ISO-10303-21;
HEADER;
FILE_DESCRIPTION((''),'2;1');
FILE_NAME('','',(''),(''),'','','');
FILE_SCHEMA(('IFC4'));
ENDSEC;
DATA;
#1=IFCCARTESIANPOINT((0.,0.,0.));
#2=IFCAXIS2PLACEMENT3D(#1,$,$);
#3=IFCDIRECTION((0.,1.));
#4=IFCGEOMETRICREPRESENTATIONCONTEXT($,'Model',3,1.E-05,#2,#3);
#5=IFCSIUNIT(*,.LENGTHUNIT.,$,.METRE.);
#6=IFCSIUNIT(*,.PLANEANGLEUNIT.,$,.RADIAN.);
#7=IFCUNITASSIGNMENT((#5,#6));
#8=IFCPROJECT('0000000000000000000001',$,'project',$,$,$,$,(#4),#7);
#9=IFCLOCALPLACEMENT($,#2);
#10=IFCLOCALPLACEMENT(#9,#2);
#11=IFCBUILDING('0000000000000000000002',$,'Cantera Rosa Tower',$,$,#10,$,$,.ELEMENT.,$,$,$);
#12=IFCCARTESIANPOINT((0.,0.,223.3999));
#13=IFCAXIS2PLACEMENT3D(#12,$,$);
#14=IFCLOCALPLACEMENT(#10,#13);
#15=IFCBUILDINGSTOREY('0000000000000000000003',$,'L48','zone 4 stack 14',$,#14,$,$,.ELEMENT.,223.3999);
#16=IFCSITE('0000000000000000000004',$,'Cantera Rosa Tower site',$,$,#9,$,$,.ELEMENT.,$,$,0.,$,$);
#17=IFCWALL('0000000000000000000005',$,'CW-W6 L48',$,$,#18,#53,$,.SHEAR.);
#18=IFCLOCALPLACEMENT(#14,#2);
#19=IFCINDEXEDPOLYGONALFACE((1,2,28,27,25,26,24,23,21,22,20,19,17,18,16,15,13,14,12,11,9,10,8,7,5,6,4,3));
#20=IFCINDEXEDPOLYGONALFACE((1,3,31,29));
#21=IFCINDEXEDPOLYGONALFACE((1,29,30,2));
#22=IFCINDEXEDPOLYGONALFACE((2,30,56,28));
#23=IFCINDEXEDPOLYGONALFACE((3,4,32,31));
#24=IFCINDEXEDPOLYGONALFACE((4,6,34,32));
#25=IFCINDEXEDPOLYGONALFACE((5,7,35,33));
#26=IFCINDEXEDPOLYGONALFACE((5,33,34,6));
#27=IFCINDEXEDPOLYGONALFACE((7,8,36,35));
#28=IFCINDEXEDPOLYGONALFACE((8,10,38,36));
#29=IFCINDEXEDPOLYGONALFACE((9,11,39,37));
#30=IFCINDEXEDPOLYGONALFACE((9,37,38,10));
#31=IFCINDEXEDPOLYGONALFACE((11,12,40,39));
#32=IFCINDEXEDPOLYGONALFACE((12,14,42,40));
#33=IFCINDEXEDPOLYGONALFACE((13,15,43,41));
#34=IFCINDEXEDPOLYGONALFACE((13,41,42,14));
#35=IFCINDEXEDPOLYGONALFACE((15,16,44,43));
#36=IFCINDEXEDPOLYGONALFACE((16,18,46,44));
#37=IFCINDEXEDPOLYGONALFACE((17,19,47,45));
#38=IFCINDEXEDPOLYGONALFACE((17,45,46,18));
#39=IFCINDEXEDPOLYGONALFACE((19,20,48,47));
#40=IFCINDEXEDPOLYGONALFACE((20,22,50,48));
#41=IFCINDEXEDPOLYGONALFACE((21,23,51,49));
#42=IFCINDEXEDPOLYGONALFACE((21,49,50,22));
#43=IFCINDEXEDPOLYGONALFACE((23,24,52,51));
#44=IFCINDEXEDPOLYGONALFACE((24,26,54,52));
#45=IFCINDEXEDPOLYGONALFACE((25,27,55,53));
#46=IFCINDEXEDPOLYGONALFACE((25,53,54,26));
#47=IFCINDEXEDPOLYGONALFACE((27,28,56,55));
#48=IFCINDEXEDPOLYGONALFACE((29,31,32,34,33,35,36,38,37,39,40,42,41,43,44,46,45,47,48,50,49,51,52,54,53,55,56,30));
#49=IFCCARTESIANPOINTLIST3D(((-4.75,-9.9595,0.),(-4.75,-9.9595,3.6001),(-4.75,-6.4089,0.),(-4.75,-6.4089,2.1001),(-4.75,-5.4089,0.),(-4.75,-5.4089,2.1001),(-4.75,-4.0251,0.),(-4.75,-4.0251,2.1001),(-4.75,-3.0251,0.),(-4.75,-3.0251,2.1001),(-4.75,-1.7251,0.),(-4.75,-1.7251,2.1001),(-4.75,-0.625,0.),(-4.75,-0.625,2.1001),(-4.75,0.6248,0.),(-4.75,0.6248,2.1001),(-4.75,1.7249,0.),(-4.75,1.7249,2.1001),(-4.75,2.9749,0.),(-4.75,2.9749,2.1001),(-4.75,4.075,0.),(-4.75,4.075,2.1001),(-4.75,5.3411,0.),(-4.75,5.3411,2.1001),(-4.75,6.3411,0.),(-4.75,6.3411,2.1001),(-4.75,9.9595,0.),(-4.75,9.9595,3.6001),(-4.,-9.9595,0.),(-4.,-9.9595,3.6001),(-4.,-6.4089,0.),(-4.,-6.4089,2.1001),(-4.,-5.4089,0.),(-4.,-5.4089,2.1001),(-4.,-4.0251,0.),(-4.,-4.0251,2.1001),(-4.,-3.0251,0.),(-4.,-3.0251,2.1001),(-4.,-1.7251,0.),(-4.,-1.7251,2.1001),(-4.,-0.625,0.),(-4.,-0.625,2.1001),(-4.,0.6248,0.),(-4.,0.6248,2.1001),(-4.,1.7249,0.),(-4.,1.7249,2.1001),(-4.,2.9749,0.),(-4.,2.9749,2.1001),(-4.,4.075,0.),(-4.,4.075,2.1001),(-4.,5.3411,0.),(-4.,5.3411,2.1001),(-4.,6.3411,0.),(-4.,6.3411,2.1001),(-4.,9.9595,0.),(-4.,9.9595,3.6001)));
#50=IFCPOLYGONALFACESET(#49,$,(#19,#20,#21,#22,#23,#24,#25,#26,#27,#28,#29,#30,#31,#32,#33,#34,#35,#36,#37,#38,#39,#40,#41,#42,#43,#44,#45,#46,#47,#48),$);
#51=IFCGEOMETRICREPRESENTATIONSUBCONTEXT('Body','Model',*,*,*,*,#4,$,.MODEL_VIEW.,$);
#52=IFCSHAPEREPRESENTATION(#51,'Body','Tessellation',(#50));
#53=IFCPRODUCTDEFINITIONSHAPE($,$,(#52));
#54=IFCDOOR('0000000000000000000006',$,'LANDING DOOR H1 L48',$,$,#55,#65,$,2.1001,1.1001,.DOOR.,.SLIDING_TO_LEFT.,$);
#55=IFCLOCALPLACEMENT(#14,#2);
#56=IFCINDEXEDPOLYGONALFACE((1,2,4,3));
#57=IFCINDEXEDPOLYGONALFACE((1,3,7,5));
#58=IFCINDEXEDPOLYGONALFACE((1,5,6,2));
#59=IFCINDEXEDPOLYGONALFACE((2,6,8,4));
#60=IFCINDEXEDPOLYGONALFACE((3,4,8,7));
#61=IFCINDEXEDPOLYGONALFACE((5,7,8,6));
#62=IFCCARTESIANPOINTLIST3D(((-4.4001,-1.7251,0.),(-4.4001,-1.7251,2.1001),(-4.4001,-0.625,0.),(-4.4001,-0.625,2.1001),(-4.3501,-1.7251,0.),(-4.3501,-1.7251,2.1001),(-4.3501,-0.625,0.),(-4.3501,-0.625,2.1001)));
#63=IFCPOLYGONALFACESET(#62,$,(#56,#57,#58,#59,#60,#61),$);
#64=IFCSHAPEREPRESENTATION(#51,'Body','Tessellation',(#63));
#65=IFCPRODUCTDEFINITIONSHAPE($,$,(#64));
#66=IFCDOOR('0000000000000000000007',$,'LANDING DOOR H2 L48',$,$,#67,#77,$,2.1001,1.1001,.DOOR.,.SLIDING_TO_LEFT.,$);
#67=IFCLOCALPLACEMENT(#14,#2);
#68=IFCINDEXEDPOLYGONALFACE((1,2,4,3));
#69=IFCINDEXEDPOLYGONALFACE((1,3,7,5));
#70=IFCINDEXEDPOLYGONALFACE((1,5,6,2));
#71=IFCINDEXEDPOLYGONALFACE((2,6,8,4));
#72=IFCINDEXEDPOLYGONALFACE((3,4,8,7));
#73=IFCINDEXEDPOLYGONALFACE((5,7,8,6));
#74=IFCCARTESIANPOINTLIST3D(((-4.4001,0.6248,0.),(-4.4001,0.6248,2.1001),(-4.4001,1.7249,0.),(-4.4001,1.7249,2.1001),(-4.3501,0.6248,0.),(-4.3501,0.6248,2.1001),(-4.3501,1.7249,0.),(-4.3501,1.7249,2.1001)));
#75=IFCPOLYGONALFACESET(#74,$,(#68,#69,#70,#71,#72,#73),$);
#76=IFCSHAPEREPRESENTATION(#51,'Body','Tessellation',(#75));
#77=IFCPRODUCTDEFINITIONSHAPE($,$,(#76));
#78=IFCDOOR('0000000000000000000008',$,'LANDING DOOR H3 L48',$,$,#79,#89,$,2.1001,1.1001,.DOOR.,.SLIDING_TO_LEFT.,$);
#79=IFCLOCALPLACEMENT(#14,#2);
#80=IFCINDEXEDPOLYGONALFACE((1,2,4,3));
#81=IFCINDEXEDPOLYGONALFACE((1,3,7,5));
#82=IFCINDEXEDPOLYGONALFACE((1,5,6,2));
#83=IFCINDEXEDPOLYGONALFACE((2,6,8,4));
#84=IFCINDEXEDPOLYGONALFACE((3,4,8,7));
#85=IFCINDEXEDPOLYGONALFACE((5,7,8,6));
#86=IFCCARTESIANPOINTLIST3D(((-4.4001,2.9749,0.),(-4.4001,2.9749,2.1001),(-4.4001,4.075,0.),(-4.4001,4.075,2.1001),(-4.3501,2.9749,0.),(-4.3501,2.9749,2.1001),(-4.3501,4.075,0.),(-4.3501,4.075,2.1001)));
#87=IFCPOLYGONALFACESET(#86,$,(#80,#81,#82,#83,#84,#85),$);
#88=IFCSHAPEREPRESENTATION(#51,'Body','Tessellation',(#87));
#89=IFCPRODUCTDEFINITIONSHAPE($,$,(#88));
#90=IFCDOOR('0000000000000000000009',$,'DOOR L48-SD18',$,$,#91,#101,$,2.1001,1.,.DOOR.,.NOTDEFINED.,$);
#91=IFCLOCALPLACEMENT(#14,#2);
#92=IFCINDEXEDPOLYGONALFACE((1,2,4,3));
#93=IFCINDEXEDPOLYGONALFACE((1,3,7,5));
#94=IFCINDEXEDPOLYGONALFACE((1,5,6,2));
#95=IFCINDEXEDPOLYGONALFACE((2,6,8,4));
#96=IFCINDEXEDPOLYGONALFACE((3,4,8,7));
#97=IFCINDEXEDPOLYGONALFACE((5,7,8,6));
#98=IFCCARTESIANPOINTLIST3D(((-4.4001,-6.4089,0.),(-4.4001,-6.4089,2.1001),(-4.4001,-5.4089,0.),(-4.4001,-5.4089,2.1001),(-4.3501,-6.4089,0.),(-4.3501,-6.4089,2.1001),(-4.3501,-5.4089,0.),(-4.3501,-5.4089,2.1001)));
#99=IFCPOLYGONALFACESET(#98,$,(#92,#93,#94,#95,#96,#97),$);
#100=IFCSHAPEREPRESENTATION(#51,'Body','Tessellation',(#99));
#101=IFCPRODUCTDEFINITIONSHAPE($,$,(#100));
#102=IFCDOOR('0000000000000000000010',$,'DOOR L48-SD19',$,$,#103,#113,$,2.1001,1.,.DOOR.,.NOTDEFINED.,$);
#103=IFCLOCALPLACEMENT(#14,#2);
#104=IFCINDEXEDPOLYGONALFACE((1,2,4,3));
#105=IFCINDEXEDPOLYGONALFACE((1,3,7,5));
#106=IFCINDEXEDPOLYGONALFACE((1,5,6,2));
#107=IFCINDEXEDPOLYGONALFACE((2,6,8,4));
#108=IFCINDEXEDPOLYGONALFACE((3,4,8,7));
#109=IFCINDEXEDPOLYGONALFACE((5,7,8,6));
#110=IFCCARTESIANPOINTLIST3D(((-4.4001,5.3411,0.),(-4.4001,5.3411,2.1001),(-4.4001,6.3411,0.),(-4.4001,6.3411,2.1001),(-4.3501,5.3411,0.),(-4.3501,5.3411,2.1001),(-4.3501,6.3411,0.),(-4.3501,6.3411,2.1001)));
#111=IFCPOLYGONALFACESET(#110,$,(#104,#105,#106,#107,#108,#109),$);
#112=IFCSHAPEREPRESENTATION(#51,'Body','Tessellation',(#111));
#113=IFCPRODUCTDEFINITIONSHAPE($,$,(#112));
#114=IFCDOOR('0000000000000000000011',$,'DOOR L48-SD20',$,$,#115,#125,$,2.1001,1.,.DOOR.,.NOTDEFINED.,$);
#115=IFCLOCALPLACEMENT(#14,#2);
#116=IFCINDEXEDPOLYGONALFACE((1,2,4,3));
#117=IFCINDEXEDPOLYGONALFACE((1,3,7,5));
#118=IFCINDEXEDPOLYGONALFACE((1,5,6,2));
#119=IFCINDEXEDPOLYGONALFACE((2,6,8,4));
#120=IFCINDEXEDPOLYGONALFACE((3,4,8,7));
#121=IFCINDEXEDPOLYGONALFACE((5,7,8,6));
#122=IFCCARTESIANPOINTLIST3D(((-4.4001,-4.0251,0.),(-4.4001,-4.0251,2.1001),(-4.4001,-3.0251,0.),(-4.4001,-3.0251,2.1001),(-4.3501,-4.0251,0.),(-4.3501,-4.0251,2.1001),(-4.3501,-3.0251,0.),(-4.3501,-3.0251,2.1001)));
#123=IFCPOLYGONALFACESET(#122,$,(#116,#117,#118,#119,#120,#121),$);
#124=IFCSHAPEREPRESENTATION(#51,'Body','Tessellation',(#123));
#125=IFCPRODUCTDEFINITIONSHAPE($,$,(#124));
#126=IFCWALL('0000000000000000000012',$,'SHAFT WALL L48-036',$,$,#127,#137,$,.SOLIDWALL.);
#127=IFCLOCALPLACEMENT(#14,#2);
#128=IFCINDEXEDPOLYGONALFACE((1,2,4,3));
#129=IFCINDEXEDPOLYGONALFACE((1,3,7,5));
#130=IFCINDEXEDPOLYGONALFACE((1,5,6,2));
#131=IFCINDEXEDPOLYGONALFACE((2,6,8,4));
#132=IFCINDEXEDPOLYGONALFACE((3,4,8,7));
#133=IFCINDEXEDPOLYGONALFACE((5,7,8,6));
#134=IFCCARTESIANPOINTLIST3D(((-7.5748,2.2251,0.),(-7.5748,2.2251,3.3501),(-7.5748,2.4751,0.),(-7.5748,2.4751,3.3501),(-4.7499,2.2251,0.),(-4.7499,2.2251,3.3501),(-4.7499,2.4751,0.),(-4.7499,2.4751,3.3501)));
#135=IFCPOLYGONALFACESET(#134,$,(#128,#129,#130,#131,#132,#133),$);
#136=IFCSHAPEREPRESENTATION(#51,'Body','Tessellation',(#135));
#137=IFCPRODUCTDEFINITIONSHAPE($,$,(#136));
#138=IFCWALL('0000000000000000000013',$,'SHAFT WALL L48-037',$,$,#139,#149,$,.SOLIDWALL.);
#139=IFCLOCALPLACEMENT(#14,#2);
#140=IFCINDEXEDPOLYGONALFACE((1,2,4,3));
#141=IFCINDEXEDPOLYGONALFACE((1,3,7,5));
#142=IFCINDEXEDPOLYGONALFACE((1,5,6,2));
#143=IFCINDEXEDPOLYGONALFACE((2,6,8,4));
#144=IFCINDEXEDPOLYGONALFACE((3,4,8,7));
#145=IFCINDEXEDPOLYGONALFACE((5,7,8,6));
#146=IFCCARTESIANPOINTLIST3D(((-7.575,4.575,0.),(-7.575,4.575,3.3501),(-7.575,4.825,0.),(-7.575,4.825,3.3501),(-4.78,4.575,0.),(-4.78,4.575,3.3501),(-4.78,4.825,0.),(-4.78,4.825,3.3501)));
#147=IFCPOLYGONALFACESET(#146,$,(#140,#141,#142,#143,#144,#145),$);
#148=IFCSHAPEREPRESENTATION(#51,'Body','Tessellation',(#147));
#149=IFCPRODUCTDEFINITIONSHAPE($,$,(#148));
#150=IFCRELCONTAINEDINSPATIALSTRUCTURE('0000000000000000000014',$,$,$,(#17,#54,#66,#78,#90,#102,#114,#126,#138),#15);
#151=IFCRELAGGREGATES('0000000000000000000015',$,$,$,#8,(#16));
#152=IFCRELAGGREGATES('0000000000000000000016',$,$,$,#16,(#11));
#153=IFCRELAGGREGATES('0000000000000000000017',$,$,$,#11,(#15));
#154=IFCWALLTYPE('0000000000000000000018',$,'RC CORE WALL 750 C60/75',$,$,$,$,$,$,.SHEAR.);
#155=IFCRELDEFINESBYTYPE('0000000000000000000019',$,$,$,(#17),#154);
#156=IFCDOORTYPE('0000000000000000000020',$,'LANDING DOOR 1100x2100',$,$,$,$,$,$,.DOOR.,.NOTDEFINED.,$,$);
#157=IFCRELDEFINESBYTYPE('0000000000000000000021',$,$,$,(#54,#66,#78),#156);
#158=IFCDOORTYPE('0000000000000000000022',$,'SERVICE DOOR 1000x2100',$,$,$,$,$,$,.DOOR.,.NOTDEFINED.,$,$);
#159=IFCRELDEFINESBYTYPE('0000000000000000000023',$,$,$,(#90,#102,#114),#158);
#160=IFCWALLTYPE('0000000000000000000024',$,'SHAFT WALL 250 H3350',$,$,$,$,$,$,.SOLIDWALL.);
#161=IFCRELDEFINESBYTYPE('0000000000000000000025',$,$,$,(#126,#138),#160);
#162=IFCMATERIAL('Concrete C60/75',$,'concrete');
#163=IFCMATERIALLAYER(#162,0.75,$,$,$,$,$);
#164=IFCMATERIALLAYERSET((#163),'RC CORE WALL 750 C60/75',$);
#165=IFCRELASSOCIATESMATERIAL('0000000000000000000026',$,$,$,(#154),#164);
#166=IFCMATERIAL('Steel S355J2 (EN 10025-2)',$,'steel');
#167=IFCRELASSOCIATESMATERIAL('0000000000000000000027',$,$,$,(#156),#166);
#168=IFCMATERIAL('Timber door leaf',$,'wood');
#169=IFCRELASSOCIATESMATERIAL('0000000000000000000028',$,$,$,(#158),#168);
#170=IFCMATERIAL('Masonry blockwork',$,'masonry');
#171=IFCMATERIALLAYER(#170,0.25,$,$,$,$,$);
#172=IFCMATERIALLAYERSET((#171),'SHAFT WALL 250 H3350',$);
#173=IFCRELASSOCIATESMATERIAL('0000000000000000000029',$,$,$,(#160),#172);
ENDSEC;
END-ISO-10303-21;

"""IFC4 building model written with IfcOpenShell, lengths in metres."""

from ifc_helpers import new_model, si_unit, direction, frame, frame_2d, origin, place, context, subcontext, project, spatial, rectangle, extrude, material, layer, layer_set, type_object, element, fill, save


model = new_model("IFC4")

# Units and contexts
model_context = context("Model", 3, precision=1e-05, world=origin(), true_north=direction((0.0, 1.0)))
body_context = subcontext(model_context, "Body", "Model", "MODEL_VIEW")
ifc_project = project(units=[si_unit("LENGTHUNIT", "METRE"), si_unit("PLANEANGLEUNIT", "RADIAN")], contexts=[model_context])

# Site, building, storey
site_placement = place(None, origin())
site = spatial("IfcSite", under=ifc_project, at=site_placement, Name="Cantera Rosa Tower site", CompositionType="ELEMENT", RefElevation=0.0)
building_placement = place(site_placement, origin())
building = spatial("IfcBuilding", under=site, at=building_placement, Name="Cantera Rosa Tower", CompositionType="ELEMENT")
storey_placement = place(building_placement, frame((0.0, 0.0, 223.3999)))
storey = spatial("IfcBuildingStorey", under=building, at=storey_placement, Name="L48", Description="zone 4 stack 14", CompositionType="ELEMENT", Elevation=223.3999)

# Shared definitions
ifc_material_1 = material(Name="Concrete C60/75", Category="concrete")
ifc_layer_1 = layer(ifc_material_1, 0.75)
ifc_layer_set_1 = layer_set([ifc_layer_1], Name="RC CORE WALL 750 C60/75")
wall_type_1 = type_object("IfcWallType", Name="RC CORE WALL 750 C60/75", PredefinedType="SHEAR", material=ifc_layer_set_1)

# Wall, openings, doors
wall_1_placement = place(storey_placement, frame((-4.375, 9.9595, 0.0), z_axis=(0.0, 0.0, 1.0), x_axis=(0.0, -1.0, 0.0)))
wall_1 = element("IfcWall", 1, at=wall_1_placement, inside=storey, type_object=wall_type_1, Name="CW-W6 L48", PredefinedType="SHEAR", context=body_context, shape_type="SweptSolid", body=[
    extrude(rectangle(XDim=19.9189, YDim=0.75, at=frame_2d((9.9595, 0.0))), origin(), (0.0, 0.0, 1.0), 3.6001),
])
opening_1_placement = place(wall_1_placement, frame((10.5845, 0.0, 0.0)))
opening_1 = element("IfcOpeningElement", 2, at=opening_1_placement, cuts=wall_1, PredefinedType="OPENING", context=body_context, shape_type="SweptSolid", body=[
    extrude(rectangle(XDim=1.1001, YDim=2.1001, at=frame_2d((0.55, 1.05))), frame((0.0, 0.385, 0.0), z_axis=(0.0, -1.0, 0.0), x_axis=(1.0, 0.0, 0.0)), (0.0, 0.0, 1.0), 0.77),
])
opening_2_placement = place(wall_1_placement, frame((8.2346, 0.0, 0.0)))
opening_2 = element("IfcOpeningElement", 3, at=opening_2_placement, cuts=wall_1, PredefinedType="OPENING", context=body_context, shape_type="SweptSolid", body=[
    extrude(rectangle(XDim=1.1001, YDim=2.1001, at=frame_2d((0.55, 1.05))), frame((0.0, 0.385, 0.0), z_axis=(0.0, -1.0, 0.0), x_axis=(1.0, 0.0, 0.0)), (0.0, 0.0, 1.0), 0.77),
])
opening_3_placement = place(wall_1_placement, frame((5.8845, 0.0, 0.0)))
opening_3 = element("IfcOpeningElement", 4, at=opening_3_placement, cuts=wall_1, PredefinedType="OPENING", context=body_context, shape_type="SweptSolid", body=[
    extrude(rectangle(XDim=1.1001, YDim=2.1001, at=frame_2d((0.55, 1.05))), frame((0.0, 0.385, 0.0), z_axis=(0.0, -1.0, 0.0), x_axis=(1.0, 0.0, 0.0)), (0.0, 0.0, 1.0), 0.77),
])
opening_4_placement = place(wall_1_placement, frame((15.3684, 0.0, 0.0)))
opening_4 = element("IfcOpeningElement", 5, at=opening_4_placement, cuts=wall_1, PredefinedType="OPENING", context=body_context, shape_type="SweptSolid", body=[
    extrude(rectangle(XDim=1.0, YDim=2.1001, at=frame_2d((0.5, 1.05))), frame((0.0, 0.385, 0.0), z_axis=(0.0, -1.0, 0.0), x_axis=(1.0, 0.0, 0.0)), (0.0, 0.0, 1.0), 0.77),
])
opening_5_placement = place(wall_1_placement, frame((3.6184, 0.0, 0.0)))
opening_5 = element("IfcOpeningElement", 6, at=opening_5_placement, cuts=wall_1, PredefinedType="OPENING", context=body_context, shape_type="SweptSolid", body=[
    extrude(rectangle(XDim=1.0, YDim=2.1001, at=frame_2d((0.5, 1.05))), frame((0.0, 0.385, 0.0), z_axis=(0.0, -1.0, 0.0), x_axis=(1.0, 0.0, 0.0)), (0.0, 0.0, 1.0), 0.77),
])
opening_6_placement = place(wall_1_placement, frame((12.9846, 0.0, 0.0)))
opening_6 = element("IfcOpeningElement", 7, at=opening_6_placement, cuts=wall_1, PredefinedType="OPENING", context=body_context, shape_type="SweptSolid", body=[
    extrude(rectangle(XDim=1.0, YDim=2.1001, at=frame_2d((0.5, 1.05))), frame((0.0, 0.385, 0.0), z_axis=(0.0, -1.0, 0.0), x_axis=(1.0, 0.0, 0.0)), (0.0, 0.0, 1.0), 0.77),
])
ifc_material_2 = material(Name="Steel S355J2 (EN 10025-2)", Category="steel")
door_type_1 = type_object("IfcDoorType", Name="LANDING DOOR 1100x2100", OperationType="NOTDEFINED", PredefinedType="DOOR", material=ifc_material_2)
door_1_placement = place(opening_1_placement, origin())
door_1 = element("IfcDoor", 8, at=door_1_placement, inside=storey, type_object=door_type_1, Name="LANDING DOOR H1 L48", OperationType="SLIDING_TO_LEFT", OverallHeight=2.1001, OverallWidth=1.1001, PredefinedType="DOOR", context=body_context, shape_type="SweptSolid", body=[
    extrude(rectangle(XDim=1.1001, YDim=2.1001, at=frame_2d((0.55, 1.05))), frame((0.0, 0.0249, 0.0), z_axis=(0.0, -1.0, 0.0), x_axis=(1.0, 0.0, 0.0)), (0.0, 0.0, 1.0), 0.05),
])
fill(opening_1, door_1)
door_2_placement = place(opening_2_placement, origin())
door_2 = element("IfcDoor", 9, at=door_2_placement, inside=storey, type_object=door_type_1, Name="LANDING DOOR H2 L48", OperationType="SLIDING_TO_LEFT", OverallHeight=2.1001, OverallWidth=1.1001, PredefinedType="DOOR", context=body_context, shape_type="SweptSolid", body=[
    extrude(rectangle(XDim=1.1001, YDim=2.1001, at=frame_2d((0.55, 1.05))), frame((0.0, 0.0249, 0.0), z_axis=(0.0, -1.0, 0.0), x_axis=(1.0, 0.0, 0.0)), (0.0, 0.0, 1.0), 0.05),
])
fill(opening_2, door_2)
door_3_placement = place(opening_3_placement, origin())
door_3 = element("IfcDoor", 10, at=door_3_placement, inside=storey, type_object=door_type_1, Name="LANDING DOOR H3 L48", OperationType="SLIDING_TO_LEFT", OverallHeight=2.1001, OverallWidth=1.1001, PredefinedType="DOOR", context=body_context, shape_type="SweptSolid", body=[
    extrude(rectangle(XDim=1.1001, YDim=2.1001, at=frame_2d((0.55, 1.05))), frame((0.0, 0.0249, 0.0), z_axis=(0.0, -1.0, 0.0), x_axis=(1.0, 0.0, 0.0)), (0.0, 0.0, 1.0), 0.05),
])
fill(opening_3, door_3)
ifc_material_3 = material(Name="Timber door leaf", Category="wood")
door_type_2 = type_object("IfcDoorType", Name="SERVICE DOOR 1000x2100", OperationType="NOTDEFINED", PredefinedType="DOOR", material=ifc_material_3)
door_4_placement = place(opening_4_placement, origin())
door_4 = element("IfcDoor", 11, at=door_4_placement, inside=storey, type_object=door_type_2, Name="DOOR L48-SD18", OperationType="NOTDEFINED", OverallHeight=2.1001, OverallWidth=1.0, PredefinedType="DOOR", context=body_context, shape_type="SweptSolid", body=[
    extrude(rectangle(XDim=1.0, YDim=2.1001, at=frame_2d((0.5, 1.05))), frame((0.0, 0.0249, 0.0), z_axis=(0.0, -1.0, 0.0), x_axis=(1.0, 0.0, 0.0)), (0.0, 0.0, 1.0), 0.05),
])
fill(opening_4, door_4)
door_5_placement = place(opening_5_placement, origin())
door_5 = element("IfcDoor", 12, at=door_5_placement, inside=storey, type_object=door_type_2, Name="DOOR L48-SD19", OperationType="NOTDEFINED", OverallHeight=2.1001, OverallWidth=1.0, PredefinedType="DOOR", context=body_context, shape_type="SweptSolid", body=[
    extrude(rectangle(XDim=1.0, YDim=2.1001, at=frame_2d((0.5, 1.05))), frame((0.0, 0.0249, 0.0), z_axis=(0.0, -1.0, 0.0), x_axis=(1.0, 0.0, 0.0)), (0.0, 0.0, 1.0), 0.05),
])
fill(opening_5, door_5)
door_6_placement = place(opening_6_placement, origin())
door_6 = element("IfcDoor", 13, at=door_6_placement, inside=storey, type_object=door_type_2, Name="DOOR L48-SD20", OperationType="NOTDEFINED", OverallHeight=2.1001, OverallWidth=1.0, PredefinedType="DOOR", context=body_context, shape_type="SweptSolid", body=[
    extrude(rectangle(XDim=1.0, YDim=2.1001, at=frame_2d((0.5, 1.05))), frame((0.0, 0.0249, 0.0), z_axis=(0.0, -1.0, 0.0), x_axis=(1.0, 0.0, 0.0)), (0.0, 0.0, 1.0), 0.05),
])
fill(opening_6, door_6)

# Walls
ifc_material_4 = material(Name="Masonry blockwork", Category="masonry")
ifc_layer_2 = layer(ifc_material_4, 0.25)
ifc_layer_set_2 = layer_set([ifc_layer_2], Name="SHAFT WALL 250 H3350")
wall_type_2 = type_object("IfcWallType", Name="SHAFT WALL 250 H3350", PredefinedType="SOLIDWALL", material=ifc_layer_set_2)
wall_2_placement = place(storey_placement, frame((-7.575, 2.3501, 0.0), z_axis=(0.0, 0.0, 1.0), x_axis=(1.0, 0.0, 0.0)))
element("IfcWall", 14, at=wall_2_placement, inside=storey, type_object=wall_type_2, Name="SHAFT WALL L48-036", PredefinedType="SOLIDWALL", context=body_context, shape_type="SweptSolid", body=[
    extrude(rectangle(XDim=2.825, YDim=0.25, at=frame_2d((1.4126, 0.0))), origin(), (0.0, 0.0, 1.0), 3.3501),
])
wall_3_placement = place(storey_placement, frame((-7.575, 4.7, 0.0), z_axis=(0.0, 0.0, 1.0), x_axis=(1.0, 0.0, 0.0)))
element("IfcWall", 15, at=wall_3_placement, inside=storey, type_object=wall_type_2, Name="SHAFT WALL L48-037", PredefinedType="SOLIDWALL", context=body_context, shape_type="SweptSolid", body=[
    extrude(rectangle(XDim=2.7949, YDim=0.25, at=frame_2d((1.3975, 0.0))), origin(), (0.0, 0.0, 1.0), 3.3501),
])

save(model, "model.ifc")
